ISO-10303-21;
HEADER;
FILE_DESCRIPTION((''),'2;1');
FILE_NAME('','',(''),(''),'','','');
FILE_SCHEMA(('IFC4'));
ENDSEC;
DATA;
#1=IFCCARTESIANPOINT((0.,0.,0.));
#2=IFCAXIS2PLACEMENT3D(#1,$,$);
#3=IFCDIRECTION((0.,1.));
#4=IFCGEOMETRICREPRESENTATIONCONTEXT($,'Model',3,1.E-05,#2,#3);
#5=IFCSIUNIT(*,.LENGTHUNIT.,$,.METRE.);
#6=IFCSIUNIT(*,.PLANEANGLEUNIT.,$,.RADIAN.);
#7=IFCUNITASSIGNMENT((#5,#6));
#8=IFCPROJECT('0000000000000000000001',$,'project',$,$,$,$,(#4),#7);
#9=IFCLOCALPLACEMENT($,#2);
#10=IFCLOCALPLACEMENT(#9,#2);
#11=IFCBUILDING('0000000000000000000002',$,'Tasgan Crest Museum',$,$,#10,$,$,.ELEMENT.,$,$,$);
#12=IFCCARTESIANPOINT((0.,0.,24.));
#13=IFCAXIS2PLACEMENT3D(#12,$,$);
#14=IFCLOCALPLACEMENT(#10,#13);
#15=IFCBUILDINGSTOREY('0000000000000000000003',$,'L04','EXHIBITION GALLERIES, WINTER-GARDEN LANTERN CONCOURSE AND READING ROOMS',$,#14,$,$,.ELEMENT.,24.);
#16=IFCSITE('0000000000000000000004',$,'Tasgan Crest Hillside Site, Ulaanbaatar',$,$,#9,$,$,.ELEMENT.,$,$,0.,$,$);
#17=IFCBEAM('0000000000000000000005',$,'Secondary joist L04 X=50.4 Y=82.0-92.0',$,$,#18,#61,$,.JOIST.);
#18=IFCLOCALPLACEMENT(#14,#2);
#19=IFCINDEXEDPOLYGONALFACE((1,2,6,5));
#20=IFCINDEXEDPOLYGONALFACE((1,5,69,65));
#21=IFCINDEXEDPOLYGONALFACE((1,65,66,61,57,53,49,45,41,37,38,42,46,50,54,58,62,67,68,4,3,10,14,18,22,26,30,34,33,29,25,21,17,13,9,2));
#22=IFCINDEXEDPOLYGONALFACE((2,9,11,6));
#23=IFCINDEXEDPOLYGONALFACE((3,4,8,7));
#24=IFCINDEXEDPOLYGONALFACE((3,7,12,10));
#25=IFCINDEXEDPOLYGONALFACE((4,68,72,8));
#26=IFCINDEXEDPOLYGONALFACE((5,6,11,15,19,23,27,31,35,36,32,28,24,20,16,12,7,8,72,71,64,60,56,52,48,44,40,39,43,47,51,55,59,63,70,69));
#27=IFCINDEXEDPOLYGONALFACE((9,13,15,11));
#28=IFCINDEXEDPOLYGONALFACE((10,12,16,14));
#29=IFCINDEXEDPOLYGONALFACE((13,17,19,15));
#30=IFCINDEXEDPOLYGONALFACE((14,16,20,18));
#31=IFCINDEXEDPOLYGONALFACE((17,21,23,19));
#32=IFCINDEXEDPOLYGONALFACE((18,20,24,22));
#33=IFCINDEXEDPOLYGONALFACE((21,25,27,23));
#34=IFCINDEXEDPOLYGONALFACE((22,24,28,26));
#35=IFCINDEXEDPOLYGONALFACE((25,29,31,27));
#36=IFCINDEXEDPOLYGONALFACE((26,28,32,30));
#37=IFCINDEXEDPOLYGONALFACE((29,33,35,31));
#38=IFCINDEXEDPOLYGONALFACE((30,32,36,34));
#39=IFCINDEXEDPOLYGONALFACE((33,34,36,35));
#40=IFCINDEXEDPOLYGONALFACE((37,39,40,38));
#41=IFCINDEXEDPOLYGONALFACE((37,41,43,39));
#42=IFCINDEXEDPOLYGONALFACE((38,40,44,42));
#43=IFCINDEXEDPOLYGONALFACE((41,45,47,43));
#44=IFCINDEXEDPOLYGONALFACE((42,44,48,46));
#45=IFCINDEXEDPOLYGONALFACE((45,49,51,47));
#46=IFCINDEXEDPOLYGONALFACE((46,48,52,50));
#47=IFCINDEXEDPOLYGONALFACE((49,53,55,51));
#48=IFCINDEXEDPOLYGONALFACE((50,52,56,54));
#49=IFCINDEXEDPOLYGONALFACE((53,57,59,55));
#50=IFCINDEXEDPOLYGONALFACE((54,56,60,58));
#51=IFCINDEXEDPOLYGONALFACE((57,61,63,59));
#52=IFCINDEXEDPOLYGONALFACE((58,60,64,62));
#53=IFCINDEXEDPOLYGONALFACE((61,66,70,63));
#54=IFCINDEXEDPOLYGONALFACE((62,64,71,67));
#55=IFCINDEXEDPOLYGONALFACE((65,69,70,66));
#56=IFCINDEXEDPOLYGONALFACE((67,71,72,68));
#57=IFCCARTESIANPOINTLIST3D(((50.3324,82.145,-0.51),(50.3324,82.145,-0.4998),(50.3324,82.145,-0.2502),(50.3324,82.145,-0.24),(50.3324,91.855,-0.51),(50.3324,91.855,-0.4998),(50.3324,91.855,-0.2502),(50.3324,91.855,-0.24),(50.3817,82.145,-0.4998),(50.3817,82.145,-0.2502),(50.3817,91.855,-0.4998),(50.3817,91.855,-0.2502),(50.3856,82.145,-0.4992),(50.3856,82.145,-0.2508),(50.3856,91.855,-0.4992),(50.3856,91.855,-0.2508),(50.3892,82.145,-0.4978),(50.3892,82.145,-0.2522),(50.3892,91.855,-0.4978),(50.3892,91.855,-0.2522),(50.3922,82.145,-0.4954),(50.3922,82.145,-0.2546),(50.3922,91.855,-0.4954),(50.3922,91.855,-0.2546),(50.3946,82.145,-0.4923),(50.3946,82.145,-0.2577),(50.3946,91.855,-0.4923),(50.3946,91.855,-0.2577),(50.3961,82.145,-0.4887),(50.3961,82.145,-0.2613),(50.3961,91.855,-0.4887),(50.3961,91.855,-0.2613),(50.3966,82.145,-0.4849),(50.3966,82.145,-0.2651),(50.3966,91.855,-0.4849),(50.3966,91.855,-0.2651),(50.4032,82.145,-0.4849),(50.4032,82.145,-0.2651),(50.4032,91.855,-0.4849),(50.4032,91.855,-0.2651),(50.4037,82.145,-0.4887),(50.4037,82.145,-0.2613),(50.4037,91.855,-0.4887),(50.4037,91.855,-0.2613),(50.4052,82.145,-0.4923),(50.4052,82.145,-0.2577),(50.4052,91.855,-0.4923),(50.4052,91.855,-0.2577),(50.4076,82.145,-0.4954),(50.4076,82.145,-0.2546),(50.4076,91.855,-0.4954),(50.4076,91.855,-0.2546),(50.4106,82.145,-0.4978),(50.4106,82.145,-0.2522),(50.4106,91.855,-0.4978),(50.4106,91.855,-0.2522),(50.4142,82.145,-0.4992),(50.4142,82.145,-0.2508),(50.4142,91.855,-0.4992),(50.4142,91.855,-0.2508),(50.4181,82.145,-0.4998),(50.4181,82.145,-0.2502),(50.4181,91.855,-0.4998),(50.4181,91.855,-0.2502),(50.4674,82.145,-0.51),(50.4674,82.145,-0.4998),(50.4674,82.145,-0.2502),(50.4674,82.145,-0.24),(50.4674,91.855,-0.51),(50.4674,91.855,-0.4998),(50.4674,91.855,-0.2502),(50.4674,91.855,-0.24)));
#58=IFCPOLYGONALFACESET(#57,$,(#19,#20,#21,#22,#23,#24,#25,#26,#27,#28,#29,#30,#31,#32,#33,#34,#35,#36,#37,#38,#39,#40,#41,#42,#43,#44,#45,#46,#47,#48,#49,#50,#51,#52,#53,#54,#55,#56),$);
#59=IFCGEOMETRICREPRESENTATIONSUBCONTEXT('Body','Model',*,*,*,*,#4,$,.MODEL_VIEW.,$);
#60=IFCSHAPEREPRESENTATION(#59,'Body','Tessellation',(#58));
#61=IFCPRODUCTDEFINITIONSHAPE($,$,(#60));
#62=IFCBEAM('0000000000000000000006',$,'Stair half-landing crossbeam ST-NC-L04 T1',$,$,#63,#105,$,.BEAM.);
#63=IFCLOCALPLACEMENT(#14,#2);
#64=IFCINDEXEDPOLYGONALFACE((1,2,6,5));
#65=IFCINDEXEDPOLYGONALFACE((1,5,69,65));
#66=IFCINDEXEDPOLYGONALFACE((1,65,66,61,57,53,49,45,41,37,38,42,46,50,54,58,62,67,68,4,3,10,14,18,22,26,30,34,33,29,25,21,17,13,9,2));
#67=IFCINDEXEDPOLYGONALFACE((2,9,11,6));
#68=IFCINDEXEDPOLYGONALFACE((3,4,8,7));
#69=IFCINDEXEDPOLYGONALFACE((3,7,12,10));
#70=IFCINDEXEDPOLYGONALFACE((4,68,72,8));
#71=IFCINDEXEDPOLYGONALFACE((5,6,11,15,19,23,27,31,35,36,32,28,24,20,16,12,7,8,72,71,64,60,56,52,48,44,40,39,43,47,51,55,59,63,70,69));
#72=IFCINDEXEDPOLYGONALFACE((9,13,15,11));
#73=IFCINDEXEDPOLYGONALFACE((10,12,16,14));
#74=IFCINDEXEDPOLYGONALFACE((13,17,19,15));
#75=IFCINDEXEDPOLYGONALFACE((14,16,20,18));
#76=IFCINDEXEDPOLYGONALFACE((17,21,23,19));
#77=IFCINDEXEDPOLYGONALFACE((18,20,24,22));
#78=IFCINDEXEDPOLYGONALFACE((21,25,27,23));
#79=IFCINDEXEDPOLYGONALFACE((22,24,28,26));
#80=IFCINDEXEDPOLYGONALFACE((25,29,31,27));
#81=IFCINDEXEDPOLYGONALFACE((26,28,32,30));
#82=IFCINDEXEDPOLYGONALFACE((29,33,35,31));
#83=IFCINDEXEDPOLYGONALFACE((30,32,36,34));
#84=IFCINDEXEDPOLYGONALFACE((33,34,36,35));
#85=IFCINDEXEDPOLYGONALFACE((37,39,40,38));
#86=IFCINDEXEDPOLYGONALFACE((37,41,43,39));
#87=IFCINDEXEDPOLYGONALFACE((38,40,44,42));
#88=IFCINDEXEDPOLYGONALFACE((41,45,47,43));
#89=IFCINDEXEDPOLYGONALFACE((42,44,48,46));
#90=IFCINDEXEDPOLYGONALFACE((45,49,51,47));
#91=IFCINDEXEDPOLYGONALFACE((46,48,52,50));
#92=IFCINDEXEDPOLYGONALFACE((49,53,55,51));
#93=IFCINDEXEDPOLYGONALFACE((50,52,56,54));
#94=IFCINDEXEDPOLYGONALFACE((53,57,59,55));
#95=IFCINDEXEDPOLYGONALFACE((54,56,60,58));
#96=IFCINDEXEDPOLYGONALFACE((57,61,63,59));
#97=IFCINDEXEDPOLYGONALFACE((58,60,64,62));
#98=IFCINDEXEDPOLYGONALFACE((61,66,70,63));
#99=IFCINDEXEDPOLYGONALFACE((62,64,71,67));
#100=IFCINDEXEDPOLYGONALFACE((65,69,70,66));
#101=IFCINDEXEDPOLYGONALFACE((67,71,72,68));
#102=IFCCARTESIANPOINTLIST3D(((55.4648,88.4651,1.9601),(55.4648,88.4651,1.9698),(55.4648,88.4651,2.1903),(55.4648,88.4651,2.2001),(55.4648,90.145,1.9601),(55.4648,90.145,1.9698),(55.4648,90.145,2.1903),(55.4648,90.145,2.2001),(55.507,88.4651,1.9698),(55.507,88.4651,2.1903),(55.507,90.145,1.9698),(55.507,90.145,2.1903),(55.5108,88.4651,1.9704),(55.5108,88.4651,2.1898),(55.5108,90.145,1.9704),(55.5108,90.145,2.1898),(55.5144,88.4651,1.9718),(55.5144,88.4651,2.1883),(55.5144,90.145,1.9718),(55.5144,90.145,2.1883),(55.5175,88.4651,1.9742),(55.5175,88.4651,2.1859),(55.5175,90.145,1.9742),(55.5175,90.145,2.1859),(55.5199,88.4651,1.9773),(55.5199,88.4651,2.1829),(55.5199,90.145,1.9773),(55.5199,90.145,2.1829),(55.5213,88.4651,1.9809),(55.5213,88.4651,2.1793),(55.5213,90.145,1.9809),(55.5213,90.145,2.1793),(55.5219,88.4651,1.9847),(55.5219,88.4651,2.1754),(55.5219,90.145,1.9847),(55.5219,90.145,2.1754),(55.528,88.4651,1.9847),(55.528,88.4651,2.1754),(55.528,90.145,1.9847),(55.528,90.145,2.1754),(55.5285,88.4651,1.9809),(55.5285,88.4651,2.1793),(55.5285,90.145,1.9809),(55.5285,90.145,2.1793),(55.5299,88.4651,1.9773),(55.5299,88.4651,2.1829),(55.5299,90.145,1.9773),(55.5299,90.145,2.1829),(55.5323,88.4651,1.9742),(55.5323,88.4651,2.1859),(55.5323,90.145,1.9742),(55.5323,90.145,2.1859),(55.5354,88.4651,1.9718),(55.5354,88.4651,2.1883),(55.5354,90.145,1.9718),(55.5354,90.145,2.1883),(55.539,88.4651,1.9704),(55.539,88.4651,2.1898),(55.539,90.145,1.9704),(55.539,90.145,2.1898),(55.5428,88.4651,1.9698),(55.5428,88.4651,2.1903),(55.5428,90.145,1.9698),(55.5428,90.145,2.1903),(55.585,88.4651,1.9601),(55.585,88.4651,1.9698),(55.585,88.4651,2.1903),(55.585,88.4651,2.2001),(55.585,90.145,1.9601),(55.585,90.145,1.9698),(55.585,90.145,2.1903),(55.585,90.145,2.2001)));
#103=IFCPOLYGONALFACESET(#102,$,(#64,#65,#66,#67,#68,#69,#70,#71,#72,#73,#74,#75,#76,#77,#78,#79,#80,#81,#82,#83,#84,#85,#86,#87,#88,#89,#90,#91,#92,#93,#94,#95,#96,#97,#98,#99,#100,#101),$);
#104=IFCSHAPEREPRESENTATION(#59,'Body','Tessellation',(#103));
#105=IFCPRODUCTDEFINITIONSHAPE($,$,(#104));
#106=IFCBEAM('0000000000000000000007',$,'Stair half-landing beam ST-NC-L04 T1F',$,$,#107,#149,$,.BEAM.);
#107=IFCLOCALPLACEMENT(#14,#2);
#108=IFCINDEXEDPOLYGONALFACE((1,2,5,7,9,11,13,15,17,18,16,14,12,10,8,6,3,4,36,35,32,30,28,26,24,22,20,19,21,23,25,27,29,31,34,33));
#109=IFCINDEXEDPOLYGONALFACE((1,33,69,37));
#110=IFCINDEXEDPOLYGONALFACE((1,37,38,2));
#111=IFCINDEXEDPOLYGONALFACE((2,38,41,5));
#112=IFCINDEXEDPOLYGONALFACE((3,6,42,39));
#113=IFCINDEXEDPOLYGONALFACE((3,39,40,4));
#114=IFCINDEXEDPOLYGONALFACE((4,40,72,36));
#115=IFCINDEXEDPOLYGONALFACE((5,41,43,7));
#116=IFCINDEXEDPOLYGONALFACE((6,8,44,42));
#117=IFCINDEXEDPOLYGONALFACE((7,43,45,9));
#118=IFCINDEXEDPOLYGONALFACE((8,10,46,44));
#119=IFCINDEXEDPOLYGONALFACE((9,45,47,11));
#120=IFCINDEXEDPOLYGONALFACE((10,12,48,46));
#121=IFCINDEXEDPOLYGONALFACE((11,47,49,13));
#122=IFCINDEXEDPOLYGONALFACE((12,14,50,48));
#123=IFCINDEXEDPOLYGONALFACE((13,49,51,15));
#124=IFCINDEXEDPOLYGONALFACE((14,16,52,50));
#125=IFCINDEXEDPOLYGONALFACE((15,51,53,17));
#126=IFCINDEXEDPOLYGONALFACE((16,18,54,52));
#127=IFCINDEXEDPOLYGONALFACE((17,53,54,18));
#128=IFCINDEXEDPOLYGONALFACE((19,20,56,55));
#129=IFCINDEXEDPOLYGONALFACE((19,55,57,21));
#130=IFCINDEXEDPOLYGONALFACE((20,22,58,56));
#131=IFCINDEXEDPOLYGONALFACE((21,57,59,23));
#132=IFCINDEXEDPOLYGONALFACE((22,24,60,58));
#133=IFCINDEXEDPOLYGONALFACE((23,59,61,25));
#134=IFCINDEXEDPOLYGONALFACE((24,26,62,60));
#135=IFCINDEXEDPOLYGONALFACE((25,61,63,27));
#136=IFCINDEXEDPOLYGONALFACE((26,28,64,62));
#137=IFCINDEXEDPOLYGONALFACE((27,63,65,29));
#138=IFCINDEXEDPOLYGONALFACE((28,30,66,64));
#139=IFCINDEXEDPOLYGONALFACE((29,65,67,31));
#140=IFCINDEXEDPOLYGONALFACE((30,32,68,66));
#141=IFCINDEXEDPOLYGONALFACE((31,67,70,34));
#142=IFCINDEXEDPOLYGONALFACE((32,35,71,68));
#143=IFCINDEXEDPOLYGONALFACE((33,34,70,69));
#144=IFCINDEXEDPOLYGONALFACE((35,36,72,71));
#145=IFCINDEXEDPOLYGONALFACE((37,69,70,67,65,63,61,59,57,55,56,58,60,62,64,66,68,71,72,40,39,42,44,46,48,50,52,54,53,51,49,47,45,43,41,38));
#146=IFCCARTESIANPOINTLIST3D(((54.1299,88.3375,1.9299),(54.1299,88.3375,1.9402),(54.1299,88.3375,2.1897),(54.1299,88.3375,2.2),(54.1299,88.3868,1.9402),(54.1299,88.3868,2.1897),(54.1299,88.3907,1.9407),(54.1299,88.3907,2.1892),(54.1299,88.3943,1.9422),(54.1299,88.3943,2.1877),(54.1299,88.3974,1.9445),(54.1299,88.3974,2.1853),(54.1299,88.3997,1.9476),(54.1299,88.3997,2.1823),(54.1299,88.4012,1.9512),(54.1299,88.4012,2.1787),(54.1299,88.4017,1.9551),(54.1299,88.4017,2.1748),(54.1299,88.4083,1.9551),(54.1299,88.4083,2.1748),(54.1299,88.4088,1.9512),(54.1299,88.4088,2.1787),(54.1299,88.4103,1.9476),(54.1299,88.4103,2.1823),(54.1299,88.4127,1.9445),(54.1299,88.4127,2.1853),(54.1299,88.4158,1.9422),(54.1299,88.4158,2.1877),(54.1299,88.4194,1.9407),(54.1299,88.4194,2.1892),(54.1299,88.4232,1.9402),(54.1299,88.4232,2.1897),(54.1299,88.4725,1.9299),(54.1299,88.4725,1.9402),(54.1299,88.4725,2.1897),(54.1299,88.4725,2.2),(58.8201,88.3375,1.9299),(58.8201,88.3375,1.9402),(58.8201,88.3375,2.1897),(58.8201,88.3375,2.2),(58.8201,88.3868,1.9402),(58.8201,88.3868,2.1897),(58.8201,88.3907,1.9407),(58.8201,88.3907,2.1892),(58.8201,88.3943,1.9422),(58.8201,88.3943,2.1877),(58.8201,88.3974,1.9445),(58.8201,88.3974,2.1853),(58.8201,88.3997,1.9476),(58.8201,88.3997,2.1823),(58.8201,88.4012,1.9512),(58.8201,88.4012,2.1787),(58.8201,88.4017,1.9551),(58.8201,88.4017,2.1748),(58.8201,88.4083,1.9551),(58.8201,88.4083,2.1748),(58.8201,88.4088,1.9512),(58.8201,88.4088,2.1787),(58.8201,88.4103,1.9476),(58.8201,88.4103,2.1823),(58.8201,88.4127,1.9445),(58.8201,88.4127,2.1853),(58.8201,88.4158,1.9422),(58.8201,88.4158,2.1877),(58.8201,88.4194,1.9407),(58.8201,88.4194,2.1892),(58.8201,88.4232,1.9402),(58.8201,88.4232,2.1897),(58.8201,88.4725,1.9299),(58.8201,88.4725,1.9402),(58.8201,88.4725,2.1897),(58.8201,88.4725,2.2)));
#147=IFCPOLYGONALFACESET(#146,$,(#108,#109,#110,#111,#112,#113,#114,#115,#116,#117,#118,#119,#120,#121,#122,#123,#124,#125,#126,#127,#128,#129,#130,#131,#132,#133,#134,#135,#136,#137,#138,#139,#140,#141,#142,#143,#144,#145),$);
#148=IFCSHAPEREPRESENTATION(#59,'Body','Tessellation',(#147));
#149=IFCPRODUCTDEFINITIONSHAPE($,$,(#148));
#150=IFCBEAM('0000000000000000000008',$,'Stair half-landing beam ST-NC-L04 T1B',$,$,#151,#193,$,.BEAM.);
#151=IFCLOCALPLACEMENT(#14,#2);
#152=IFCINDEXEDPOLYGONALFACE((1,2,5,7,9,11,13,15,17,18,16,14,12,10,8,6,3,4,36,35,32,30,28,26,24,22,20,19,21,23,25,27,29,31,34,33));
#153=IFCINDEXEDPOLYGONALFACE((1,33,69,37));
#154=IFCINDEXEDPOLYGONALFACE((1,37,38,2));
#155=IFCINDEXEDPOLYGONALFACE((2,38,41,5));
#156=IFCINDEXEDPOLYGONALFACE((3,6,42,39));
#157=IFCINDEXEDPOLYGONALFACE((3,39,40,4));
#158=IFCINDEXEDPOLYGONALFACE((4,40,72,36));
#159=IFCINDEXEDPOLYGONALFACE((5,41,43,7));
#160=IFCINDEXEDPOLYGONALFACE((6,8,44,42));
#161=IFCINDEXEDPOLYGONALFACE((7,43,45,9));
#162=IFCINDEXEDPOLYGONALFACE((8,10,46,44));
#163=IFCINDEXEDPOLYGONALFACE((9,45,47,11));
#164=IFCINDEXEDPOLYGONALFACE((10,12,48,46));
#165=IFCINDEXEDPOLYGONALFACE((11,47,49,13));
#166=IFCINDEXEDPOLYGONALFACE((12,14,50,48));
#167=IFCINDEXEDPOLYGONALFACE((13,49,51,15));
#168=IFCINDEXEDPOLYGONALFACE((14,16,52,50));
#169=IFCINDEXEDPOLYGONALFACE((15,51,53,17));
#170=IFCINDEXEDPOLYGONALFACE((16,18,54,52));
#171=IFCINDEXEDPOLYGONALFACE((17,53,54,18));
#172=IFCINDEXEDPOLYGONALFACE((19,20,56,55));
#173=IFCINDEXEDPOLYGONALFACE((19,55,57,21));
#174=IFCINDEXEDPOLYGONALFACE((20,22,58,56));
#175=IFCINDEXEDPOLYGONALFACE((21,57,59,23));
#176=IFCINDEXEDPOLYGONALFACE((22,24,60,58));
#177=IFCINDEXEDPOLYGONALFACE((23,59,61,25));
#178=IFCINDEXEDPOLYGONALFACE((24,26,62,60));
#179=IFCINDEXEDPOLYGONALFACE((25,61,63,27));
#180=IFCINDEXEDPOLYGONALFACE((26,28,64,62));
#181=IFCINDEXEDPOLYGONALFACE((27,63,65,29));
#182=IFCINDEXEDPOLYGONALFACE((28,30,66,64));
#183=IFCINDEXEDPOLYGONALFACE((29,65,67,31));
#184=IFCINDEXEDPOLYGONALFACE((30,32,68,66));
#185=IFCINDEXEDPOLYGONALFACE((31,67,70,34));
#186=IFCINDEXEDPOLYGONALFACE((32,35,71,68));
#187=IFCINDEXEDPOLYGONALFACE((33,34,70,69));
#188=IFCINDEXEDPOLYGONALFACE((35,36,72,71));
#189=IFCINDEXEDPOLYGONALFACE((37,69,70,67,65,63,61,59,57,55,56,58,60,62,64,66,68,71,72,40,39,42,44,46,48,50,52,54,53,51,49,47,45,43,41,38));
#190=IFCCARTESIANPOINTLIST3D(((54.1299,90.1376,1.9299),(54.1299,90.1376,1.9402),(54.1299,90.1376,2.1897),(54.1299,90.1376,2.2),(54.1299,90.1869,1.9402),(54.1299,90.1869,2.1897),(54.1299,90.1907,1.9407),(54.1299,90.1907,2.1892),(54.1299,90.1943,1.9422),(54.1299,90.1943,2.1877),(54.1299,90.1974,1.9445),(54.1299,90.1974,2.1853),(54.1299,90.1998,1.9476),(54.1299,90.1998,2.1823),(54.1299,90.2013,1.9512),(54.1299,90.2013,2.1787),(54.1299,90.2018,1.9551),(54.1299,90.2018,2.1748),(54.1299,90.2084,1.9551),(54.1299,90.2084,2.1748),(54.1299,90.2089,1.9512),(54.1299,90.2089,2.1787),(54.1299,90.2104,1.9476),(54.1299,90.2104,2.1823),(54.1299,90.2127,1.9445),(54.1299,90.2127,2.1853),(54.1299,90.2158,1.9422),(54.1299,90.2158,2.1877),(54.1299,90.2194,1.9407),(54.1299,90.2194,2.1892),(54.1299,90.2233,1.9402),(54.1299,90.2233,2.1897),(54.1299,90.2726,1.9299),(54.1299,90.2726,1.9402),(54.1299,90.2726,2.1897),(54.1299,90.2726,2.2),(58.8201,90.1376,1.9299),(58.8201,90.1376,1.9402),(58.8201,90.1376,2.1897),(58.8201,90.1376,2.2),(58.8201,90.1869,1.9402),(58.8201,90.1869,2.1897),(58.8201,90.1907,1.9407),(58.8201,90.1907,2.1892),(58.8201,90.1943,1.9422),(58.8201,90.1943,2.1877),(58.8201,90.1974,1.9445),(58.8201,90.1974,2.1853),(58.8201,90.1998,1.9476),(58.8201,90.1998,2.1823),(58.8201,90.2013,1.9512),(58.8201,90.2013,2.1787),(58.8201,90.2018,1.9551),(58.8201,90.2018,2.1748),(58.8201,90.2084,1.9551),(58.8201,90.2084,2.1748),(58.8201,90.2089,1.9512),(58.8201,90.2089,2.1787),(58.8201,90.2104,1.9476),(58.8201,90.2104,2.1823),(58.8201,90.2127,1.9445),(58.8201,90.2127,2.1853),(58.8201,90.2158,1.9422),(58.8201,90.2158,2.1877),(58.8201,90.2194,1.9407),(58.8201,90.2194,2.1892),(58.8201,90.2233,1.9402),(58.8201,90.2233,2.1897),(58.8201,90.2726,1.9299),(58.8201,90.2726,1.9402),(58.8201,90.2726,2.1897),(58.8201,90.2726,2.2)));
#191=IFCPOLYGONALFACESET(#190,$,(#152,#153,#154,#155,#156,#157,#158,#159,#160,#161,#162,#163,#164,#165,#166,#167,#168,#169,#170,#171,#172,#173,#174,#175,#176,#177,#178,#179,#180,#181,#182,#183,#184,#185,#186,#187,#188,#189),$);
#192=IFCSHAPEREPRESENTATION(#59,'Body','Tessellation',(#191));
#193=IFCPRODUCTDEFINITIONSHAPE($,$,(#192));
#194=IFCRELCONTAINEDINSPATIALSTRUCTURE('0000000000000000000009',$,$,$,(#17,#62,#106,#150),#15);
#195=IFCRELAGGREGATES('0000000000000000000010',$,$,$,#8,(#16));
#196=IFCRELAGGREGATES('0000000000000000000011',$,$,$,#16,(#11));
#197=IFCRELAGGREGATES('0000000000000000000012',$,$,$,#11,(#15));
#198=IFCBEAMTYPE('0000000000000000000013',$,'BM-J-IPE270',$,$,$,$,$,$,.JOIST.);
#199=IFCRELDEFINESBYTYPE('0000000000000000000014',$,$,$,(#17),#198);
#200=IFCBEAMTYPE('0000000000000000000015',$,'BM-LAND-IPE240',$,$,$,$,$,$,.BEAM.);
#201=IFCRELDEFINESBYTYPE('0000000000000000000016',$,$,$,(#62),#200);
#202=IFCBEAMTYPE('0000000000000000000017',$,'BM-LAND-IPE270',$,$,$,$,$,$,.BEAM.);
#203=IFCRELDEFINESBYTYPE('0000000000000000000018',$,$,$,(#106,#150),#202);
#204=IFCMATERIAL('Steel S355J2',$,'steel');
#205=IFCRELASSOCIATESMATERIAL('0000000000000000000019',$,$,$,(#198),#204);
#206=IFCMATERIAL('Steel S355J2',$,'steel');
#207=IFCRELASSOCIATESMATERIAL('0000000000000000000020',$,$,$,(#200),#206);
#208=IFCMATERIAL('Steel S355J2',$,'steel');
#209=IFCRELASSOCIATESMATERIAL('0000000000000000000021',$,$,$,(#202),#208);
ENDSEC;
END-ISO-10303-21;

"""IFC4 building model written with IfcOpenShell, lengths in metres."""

from ifc_helpers import new_model, si_unit, direction, frame, origin, origin_2d, place, context, subcontext, project, spatial, i_section, extrude, material, material_profile, profile_set, type_object, element, save


model = new_model("IFC4")

# Units and contexts
model_context = context("Model", 3, precision=1e-05, world=origin(), true_north=direction((0.0, 1.0)))
body_context = subcontext(model_context, "Body", "Model", "MODEL_VIEW")
ifc_project = project(units=[si_unit("LENGTHUNIT", "METRE"), si_unit("PLANEANGLEUNIT", "RADIAN")], contexts=[model_context])

# Site, building, storey
site_placement = place(None, origin())
site = spatial("IfcSite", under=ifc_project, at=site_placement, Name="Tasgan Crest Hillside Site, Ulaanbaatar", CompositionType="ELEMENT", RefElevation=0.0)
building_placement = place(site_placement, origin())
building = spatial("IfcBuilding", under=site, at=building_placement, Name="Tasgan Crest Museum", CompositionType="ELEMENT")
storey_placement = place(building_placement, frame((0.0, 0.0, 24.0)))
storey = spatial("IfcBuildingStorey", under=building, at=storey_placement, Name="L04", Description="EXHIBITION GALLERIES, WINTER-GARDEN LANTERN CONCOURSE AND READING ROOMS", CompositionType="ELEMENT", Elevation=24.0)

# Beams
ifc_material_1 = material(Name="Steel S355J2", Category="steel")
ifc_material_profile_1 = material_profile(ifc_material_1, i_section(OverallWidth=0.135, OverallDepth=0.27, WebThickness=0.0066, FlangeThickness=0.0103, FilletRadius=0.0149, at=origin_2d()), Name="IPE 270")
ifc_profile_set_1 = profile_set([ifc_material_profile_1], Name="Steel S355J2")
beam_type_1 = type_object("IfcBeamType", Name="BM-J-IPE270", PredefinedType="JOIST", material=ifc_profile_set_1)
for number, where, z_axis, x_axis, name in (
    (1, (50.3999, 82.145, -0.375), (0.0, 1.0, 0.0), (-1.0, 0.0, 0.0), "Secondary joist L04 X=50.4 Y=82.0-92.0"),
):
    element("IfcBeam", number, at=place(storey_placement, frame(where, z_axis=z_axis, x_axis=x_axis)), inside=storey, type_object=beam_type_1, Name=name, PredefinedType="JOIST", context=body_context, shape_type="SweptSolid", body=[
        extrude(i_section(OverallWidth=0.135, OverallDepth=0.27, WebThickness=0.0066, FlangeThickness=0.0103, FilletRadius=0.0149, at=origin_2d()), origin(), (0.0, 0.0, 1.0), 9.71),
    ])
ifc_material_2 = material(Name="Steel S355J2", Category="steel")
ifc_material_profile_2 = material_profile(ifc_material_2, i_section(OverallWidth=0.1201, OverallDepth=0.24, WebThickness=0.0061, FlangeThickness=0.0098, FilletRadius=0.0149, at=origin_2d()), Name="IPE 240")
ifc_profile_set_2 = profile_set([ifc_material_profile_2], Name="Steel S355J2")
beam_type_2 = type_object("IfcBeamType", Name="BM-LAND-IPE240", PredefinedType="BEAM", material=ifc_profile_set_2)
beam_1_placement = place(storey_placement, frame((55.5249, 88.4651, 2.0801), z_axis=(0.0, 1.0, 0.0), x_axis=(-1.0, 0.0, 0.0)))
element("IfcBeam", 2, at=beam_1_placement, inside=storey, type_object=beam_type_2, Name="Stair half-landing crossbeam ST-NC-L04 T1", PredefinedType="BEAM", context=body_context, shape_type="SweptSolid", body=[
    extrude(i_section(OverallWidth=0.1201, OverallDepth=0.24, WebThickness=0.0061, FlangeThickness=0.0098, FilletRadius=0.0149, at=origin_2d()), origin(), (0.0, 0.0, 1.0), 1.6799),
])
ifc_material_3 = material(Name="Steel S355J2", Category="steel")
ifc_material_profile_3 = material_profile(ifc_material_3, i_section(OverallWidth=0.135, OverallDepth=0.27, WebThickness=0.0066, FlangeThickness=0.0103, FilletRadius=0.0149, at=origin_2d()), Name="IPE 270")
ifc_profile_set_3 = profile_set([ifc_material_profile_3], Name="Steel S355J2")
beam_type_3 = type_object("IfcBeamType", Name="BM-LAND-IPE270", PredefinedType="BEAM", material=ifc_profile_set_3)
for number, where, z_axis, x_axis, name in (
    (3, (54.1299, 88.405, 2.0649), (1.0, 0.0, 0.0), (0.0, 1.0, 0.0), "Stair half-landing beam ST-NC-L04 T1F"),
    (4, (54.1299, 90.2051, 2.0649), (1.0, 0.0, 0.0), (0.0, 1.0, 0.0), "Stair half-landing beam ST-NC-L04 T1B"),
):
    element("IfcBeam", number, at=place(storey_placement, frame(where, z_axis=z_axis, x_axis=x_axis)), inside=storey, type_object=beam_type_3, Name=name, PredefinedType="BEAM", context=body_context, shape_type="SweptSolid", body=[
        extrude(i_section(OverallWidth=0.135, OverallDepth=0.27, WebThickness=0.0066, FlangeThickness=0.0103, FilletRadius=0.0149, at=origin_2d()), origin(), (0.0, 0.0, 1.0), 4.6902),
    ])

save(model, "model.ifc")
